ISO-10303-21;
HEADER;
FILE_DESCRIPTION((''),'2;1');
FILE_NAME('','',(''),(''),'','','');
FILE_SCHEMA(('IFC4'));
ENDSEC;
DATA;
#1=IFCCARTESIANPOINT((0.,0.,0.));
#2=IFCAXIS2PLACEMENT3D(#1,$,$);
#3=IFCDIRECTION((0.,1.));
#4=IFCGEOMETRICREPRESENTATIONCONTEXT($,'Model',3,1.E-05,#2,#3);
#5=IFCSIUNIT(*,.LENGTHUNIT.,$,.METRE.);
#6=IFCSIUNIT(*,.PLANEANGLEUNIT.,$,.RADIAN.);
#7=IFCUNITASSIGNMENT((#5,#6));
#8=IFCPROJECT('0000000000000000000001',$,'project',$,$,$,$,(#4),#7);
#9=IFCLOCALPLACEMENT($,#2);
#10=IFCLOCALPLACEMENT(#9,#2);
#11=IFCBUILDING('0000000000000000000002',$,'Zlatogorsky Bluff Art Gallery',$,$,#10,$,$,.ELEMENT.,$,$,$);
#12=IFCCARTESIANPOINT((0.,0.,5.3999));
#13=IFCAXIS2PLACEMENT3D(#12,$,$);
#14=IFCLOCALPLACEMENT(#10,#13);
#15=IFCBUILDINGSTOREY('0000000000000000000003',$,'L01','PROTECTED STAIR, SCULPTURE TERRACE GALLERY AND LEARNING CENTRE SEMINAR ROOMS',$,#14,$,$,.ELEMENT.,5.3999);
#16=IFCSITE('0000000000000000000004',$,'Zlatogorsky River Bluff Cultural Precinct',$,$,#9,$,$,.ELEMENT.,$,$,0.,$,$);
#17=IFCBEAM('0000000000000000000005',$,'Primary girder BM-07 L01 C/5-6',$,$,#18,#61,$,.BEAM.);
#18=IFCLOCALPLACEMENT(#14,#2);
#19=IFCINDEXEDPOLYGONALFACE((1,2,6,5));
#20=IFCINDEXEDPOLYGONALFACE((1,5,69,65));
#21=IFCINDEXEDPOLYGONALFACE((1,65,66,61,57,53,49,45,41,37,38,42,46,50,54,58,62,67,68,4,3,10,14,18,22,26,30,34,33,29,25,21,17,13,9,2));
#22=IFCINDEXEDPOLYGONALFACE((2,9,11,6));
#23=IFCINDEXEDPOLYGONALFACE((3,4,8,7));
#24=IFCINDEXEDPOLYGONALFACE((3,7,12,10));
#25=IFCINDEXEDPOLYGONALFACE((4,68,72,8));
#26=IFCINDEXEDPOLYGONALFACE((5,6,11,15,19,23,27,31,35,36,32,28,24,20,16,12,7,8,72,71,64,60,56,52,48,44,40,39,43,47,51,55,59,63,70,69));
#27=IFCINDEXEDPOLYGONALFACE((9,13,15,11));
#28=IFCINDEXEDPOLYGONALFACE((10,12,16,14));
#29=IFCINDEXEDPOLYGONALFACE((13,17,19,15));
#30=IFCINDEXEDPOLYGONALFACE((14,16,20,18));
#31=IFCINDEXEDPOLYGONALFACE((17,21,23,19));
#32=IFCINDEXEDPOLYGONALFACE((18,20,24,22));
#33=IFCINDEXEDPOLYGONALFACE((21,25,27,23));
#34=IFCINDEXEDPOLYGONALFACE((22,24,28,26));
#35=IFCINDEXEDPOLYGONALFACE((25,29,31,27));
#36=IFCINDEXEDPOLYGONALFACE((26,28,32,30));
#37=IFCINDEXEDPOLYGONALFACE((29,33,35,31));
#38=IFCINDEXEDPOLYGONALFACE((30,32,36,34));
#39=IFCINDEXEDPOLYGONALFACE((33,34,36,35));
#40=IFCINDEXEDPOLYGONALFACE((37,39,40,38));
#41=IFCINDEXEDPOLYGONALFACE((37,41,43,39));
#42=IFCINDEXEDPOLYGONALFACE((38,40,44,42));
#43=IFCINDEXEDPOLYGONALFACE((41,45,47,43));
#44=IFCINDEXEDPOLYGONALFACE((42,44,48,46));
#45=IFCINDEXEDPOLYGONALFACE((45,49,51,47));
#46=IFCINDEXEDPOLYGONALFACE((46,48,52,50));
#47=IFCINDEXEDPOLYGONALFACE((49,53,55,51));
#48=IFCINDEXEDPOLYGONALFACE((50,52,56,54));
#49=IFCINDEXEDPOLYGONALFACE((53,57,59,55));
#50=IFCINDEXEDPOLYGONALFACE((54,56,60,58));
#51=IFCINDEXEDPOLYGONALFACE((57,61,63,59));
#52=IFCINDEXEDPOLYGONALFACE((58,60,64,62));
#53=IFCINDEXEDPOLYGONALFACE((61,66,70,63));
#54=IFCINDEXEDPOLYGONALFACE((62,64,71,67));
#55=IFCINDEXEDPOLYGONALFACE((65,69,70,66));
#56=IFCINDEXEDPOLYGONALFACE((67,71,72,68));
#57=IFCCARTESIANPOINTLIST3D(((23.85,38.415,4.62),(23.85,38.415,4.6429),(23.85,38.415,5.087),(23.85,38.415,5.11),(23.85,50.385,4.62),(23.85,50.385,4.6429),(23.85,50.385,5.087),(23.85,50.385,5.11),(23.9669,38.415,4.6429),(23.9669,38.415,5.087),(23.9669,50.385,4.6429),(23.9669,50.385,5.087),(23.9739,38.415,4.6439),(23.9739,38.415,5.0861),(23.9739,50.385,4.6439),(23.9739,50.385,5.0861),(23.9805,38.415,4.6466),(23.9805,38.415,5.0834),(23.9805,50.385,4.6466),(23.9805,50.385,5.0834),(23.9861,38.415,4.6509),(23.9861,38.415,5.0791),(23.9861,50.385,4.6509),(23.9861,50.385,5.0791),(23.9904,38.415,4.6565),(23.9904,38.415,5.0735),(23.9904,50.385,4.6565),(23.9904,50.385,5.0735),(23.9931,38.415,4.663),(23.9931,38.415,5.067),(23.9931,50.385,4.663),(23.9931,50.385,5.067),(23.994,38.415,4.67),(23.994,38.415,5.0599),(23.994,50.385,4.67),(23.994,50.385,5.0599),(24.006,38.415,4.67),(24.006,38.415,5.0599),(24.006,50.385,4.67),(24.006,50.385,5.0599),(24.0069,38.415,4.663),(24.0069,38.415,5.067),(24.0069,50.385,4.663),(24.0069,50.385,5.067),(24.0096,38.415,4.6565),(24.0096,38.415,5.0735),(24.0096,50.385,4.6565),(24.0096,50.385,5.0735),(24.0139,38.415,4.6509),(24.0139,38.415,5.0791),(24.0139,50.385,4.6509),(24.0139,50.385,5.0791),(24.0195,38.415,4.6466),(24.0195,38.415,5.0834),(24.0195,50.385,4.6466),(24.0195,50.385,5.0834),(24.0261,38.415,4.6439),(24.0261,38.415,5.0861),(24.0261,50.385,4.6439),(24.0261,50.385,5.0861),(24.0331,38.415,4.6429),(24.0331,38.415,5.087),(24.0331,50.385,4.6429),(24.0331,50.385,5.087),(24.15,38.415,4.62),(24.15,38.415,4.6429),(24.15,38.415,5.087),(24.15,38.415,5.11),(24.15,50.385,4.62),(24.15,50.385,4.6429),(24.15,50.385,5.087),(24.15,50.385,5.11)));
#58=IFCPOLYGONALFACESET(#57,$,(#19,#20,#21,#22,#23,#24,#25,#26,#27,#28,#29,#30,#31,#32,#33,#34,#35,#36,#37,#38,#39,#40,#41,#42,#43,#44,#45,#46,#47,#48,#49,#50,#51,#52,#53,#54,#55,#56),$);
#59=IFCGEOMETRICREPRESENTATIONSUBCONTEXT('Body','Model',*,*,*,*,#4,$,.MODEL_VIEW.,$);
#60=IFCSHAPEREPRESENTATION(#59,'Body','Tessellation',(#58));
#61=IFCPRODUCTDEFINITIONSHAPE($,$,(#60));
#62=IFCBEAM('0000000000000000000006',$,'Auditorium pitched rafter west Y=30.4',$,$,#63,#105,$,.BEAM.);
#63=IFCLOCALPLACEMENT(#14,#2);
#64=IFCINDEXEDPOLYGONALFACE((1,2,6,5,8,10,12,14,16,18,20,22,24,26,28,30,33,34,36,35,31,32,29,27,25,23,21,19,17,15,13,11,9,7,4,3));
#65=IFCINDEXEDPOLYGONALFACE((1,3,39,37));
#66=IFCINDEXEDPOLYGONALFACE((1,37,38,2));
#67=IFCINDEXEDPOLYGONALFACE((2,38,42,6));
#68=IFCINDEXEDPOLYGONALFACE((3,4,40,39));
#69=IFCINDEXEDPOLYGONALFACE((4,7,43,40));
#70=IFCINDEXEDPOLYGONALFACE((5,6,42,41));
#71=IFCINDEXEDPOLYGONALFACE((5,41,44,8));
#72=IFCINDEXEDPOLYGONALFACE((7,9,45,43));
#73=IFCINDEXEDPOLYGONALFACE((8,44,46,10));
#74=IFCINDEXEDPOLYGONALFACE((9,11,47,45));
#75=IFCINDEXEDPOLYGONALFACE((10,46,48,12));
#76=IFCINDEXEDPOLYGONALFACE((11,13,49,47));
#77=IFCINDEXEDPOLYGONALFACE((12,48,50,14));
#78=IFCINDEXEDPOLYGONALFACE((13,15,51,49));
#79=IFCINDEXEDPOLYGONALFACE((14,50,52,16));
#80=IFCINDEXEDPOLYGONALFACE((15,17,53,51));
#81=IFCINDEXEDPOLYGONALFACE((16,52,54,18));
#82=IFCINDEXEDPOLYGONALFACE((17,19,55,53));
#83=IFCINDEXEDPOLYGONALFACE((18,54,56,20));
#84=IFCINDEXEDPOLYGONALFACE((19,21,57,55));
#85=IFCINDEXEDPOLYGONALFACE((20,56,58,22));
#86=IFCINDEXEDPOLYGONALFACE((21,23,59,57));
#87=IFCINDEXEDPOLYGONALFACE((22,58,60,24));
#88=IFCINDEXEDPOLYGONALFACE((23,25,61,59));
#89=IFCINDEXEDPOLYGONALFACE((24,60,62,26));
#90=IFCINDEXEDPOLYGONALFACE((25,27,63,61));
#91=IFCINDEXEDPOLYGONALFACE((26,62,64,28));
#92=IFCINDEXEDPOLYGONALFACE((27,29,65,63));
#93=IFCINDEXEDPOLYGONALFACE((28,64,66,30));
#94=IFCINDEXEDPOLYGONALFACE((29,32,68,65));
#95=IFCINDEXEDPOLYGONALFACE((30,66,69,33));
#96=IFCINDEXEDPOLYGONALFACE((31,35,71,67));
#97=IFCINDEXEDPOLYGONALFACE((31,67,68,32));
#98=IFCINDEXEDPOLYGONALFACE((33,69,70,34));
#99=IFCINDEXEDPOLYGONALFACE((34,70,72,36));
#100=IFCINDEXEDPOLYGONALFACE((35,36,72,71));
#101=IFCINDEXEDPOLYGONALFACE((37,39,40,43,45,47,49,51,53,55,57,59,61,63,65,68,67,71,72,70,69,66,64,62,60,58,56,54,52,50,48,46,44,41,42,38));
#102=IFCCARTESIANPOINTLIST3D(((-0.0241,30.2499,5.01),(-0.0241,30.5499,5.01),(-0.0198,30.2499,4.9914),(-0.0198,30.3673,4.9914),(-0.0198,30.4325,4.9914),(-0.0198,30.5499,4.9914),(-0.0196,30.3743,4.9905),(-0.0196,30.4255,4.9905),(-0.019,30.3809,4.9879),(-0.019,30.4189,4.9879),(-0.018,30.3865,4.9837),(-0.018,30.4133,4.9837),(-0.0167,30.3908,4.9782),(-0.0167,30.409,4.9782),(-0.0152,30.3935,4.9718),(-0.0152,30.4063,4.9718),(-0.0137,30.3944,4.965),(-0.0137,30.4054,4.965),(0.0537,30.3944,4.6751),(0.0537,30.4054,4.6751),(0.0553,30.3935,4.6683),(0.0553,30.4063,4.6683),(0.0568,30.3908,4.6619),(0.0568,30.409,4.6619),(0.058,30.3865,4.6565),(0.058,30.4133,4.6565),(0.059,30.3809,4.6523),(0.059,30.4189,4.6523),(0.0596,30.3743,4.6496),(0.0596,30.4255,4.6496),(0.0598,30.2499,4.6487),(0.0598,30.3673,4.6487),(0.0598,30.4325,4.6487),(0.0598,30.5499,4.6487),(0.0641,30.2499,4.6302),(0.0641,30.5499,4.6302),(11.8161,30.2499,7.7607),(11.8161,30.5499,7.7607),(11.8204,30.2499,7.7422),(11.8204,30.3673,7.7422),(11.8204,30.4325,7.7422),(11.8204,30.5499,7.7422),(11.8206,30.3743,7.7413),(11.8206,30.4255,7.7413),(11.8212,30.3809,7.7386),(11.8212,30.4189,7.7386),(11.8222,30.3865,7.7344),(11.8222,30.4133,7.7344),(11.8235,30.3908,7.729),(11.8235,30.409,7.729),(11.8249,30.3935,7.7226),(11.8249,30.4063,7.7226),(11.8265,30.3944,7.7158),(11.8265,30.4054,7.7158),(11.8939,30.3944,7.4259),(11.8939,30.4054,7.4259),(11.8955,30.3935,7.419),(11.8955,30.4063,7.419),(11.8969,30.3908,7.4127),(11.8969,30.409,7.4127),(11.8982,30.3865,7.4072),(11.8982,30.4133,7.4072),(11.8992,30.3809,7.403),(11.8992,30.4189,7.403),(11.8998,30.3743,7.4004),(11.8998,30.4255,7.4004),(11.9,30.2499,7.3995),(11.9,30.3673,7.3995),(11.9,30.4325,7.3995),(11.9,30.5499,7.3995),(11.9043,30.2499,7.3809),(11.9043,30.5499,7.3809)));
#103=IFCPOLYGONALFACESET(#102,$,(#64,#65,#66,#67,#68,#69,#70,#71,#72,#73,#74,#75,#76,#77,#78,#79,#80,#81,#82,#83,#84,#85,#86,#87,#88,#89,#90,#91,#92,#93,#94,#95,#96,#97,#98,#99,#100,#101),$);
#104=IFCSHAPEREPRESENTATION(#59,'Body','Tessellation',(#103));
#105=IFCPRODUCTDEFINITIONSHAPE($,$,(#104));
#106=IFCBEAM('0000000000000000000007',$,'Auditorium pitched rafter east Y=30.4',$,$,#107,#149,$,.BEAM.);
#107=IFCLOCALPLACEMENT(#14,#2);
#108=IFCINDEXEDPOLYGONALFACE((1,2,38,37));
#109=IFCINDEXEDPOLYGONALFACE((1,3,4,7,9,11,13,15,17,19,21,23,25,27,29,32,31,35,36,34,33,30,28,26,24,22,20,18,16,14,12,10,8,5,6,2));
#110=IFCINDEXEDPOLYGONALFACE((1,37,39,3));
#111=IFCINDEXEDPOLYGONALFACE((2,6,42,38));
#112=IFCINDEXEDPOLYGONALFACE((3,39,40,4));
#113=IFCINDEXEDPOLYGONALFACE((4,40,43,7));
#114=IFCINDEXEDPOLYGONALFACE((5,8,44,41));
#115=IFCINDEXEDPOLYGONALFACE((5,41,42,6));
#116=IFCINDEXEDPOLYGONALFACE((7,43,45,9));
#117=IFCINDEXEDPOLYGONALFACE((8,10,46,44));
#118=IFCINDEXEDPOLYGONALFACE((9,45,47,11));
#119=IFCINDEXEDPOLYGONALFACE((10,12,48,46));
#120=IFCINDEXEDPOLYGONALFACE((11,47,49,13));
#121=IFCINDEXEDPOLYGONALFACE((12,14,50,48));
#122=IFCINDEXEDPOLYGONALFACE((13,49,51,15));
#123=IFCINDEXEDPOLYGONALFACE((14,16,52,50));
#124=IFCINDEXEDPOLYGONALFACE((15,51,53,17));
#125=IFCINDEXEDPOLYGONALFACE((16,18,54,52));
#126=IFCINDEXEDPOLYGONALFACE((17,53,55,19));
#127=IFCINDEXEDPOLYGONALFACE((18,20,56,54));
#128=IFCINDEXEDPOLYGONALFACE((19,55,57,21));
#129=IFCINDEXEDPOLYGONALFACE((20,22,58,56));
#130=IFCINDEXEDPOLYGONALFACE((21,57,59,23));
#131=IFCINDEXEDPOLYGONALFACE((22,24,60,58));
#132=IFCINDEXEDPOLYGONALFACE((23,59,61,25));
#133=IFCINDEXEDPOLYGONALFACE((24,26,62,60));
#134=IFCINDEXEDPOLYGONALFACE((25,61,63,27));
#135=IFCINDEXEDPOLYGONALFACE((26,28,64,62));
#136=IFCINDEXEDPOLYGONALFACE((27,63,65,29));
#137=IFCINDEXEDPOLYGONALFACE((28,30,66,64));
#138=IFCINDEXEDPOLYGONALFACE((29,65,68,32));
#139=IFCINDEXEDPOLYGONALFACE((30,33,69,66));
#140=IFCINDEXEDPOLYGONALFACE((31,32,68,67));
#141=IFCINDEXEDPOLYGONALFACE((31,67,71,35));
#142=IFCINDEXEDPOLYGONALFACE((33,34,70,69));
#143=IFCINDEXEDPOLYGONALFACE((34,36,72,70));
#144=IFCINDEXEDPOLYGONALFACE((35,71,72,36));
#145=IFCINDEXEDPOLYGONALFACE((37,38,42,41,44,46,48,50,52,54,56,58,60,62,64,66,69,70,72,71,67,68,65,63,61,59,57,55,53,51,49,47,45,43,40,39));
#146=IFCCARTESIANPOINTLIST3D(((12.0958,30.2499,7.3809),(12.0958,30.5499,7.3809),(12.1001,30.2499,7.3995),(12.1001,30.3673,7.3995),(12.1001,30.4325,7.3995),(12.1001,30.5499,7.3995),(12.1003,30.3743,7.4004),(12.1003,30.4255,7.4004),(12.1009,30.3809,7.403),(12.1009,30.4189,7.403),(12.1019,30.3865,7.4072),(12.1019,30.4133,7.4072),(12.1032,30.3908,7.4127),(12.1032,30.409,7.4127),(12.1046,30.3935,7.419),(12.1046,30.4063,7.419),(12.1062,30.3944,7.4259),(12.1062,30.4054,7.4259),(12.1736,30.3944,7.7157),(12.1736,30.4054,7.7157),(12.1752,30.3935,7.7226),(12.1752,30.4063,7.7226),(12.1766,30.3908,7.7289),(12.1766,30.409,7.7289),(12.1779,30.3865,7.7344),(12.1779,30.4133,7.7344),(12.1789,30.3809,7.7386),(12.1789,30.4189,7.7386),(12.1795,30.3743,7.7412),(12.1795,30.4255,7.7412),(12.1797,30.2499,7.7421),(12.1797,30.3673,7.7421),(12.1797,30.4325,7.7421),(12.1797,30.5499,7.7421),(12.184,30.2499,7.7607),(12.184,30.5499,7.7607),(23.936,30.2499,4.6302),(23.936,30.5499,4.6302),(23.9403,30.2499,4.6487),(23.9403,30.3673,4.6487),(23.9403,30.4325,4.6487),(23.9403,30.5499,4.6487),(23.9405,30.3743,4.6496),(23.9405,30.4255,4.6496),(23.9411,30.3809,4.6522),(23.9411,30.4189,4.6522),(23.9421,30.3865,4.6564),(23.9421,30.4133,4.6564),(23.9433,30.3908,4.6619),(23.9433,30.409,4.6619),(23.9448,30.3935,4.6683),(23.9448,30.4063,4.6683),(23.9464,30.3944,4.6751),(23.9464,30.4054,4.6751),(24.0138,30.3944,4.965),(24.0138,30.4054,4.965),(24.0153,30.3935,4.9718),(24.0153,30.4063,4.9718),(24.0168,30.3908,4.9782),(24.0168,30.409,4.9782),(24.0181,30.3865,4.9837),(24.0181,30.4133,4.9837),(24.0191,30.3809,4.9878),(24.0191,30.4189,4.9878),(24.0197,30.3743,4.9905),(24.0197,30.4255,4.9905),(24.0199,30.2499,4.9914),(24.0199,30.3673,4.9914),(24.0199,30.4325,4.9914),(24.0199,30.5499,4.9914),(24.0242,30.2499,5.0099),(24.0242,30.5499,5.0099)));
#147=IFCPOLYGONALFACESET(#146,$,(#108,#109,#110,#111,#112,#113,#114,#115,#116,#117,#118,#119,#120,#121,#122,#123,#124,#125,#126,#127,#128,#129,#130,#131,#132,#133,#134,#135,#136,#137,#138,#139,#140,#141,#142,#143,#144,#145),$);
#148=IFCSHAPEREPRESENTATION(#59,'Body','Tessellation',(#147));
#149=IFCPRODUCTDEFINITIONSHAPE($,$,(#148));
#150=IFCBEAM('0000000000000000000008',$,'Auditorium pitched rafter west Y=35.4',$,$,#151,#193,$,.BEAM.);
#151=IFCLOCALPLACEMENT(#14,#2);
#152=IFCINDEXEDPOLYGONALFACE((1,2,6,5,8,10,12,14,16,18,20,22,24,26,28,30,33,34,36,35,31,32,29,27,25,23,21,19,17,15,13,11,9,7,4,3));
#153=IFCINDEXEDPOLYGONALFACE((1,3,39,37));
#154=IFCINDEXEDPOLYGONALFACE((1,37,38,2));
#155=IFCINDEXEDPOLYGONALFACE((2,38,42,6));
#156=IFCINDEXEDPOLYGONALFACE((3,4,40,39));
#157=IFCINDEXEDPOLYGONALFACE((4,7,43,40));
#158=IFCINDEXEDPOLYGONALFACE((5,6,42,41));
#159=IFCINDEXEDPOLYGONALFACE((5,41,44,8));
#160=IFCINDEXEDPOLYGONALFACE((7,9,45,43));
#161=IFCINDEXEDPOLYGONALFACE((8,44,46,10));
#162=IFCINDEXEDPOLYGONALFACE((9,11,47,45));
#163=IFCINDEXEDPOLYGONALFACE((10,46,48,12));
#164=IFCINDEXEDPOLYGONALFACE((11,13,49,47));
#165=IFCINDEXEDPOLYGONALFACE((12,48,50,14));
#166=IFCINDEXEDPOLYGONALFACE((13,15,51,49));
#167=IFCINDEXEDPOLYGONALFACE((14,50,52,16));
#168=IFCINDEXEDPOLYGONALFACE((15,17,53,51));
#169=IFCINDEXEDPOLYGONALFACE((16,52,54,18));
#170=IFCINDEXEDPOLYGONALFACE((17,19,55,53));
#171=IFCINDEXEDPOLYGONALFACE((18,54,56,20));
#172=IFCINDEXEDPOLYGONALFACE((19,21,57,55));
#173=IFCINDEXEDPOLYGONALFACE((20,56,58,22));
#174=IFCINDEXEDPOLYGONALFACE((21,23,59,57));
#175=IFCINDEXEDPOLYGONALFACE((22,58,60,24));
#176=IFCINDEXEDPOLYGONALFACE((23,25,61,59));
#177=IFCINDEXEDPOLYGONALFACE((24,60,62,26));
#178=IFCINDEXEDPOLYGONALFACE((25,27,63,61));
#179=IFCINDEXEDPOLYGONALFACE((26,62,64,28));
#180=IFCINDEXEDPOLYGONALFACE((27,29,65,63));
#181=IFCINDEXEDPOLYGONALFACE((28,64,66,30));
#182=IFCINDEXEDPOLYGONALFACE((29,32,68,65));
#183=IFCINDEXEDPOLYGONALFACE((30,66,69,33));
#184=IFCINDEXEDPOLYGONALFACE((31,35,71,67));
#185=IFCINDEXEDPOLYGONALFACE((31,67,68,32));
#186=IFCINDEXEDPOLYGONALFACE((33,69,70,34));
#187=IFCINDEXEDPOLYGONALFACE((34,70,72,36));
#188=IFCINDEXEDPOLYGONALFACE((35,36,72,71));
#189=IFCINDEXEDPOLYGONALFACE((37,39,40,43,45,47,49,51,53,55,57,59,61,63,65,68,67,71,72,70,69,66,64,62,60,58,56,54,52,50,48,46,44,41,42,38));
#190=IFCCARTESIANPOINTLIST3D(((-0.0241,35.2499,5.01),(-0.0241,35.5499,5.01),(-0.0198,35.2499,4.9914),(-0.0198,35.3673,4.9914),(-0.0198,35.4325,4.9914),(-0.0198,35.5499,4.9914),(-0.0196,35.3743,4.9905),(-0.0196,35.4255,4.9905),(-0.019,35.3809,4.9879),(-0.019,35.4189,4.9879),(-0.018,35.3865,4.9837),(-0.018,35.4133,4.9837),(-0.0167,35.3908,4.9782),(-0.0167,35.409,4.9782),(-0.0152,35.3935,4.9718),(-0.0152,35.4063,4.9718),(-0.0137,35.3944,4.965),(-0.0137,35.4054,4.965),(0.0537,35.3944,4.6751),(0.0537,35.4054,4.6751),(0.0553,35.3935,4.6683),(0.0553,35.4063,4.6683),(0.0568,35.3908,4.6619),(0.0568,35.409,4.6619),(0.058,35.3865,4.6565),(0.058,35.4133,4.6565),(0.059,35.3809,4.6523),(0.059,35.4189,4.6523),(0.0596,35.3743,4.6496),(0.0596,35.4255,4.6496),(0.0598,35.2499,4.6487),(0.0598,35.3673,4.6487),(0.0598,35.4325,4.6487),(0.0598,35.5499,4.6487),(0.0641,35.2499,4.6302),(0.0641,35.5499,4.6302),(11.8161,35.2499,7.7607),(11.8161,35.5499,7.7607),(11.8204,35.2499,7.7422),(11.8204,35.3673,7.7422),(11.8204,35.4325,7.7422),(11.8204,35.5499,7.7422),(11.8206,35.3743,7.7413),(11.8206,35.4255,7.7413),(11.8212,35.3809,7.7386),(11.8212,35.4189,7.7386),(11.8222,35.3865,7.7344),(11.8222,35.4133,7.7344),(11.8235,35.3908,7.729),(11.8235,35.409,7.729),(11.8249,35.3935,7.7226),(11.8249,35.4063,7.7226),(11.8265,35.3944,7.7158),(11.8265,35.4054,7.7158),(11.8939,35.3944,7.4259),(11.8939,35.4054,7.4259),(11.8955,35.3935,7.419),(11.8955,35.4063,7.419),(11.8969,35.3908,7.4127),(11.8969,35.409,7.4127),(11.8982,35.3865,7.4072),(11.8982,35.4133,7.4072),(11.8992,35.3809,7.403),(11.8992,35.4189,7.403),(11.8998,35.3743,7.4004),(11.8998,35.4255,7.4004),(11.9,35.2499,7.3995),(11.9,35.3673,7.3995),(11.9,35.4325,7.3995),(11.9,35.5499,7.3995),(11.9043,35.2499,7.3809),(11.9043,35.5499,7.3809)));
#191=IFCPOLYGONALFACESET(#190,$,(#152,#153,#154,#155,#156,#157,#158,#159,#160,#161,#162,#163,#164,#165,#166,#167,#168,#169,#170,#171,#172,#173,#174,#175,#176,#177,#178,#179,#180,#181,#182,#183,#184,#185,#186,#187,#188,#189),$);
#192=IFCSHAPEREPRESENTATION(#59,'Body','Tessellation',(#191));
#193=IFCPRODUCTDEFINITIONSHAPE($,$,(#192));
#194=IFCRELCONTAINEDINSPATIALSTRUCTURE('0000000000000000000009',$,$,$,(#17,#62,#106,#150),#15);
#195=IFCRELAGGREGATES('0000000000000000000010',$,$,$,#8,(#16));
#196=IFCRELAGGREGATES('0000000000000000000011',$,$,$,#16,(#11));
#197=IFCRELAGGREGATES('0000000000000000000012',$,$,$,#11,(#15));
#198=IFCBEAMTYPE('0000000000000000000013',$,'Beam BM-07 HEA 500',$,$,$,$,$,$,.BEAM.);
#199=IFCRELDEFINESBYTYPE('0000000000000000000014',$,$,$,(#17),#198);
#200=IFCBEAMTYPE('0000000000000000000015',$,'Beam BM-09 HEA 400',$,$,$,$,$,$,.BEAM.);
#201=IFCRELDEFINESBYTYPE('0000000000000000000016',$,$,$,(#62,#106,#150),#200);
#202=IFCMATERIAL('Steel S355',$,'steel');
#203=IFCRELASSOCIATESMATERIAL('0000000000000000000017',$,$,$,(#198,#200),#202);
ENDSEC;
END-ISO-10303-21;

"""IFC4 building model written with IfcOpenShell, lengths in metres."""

from ifc_helpers import new_model, si_unit, direction, frame, origin, origin_2d, place, context, subcontext, project, spatial, i_section, extrude, material, material_profile, profile_set, type_object, element, save


model = new_model("IFC4")

# Units and contexts
model_context = context("Model", 3, precision=1e-05, world=origin(), true_north=direction((0.0, 1.0)))
body_context = subcontext(model_context, "Body", "Model", "MODEL_VIEW")
ifc_project = project(units=[si_unit("LENGTHUNIT", "METRE"), si_unit("PLANEANGLEUNIT", "RADIAN")], contexts=[model_context])

# Site, building, storey
site_placement = place(None, origin())
site = spatial("IfcSite", under=ifc_project, at=site_placement, Name="Zlatogorsky River Bluff Cultural Precinct", CompositionType="ELEMENT", RefElevation=0.0)
building_placement = place(site_placement, origin())
building = spatial("IfcBuilding", under=site, at=building_placement, Name="Zlatogorsky Bluff Art Gallery", CompositionType="ELEMENT")
storey_placement = place(building_placement, frame((0.0, 0.0, 5.3999)))
storey = spatial("IfcBuildingStorey", under=building, at=storey_placement, Name="L01", Description="PROTECTED STAIR, SCULPTURE TERRACE GALLERY AND LEARNING CENTRE SEMINAR ROOMS", CompositionType="ELEMENT", Elevation=5.3999)

# Shared definitions
ifc_material_1 = material(Name="Steel S355", Category="steel")

# Beams
ifc_material_profile_1 = material_profile(ifc_material_1, i_section(OverallWidth=0.3, OverallDepth=0.49, WebThickness=0.012, FlangeThickness=0.0229, FilletRadius=0.0271, at=origin_2d()), Name="HEA 500")
ifc_profile_set_1 = profile_set([ifc_material_profile_1], Name="Steel S355")
beam_type_1 = type_object("IfcBeamType", Name="Beam BM-07 HEA 500", PredefinedType="BEAM", material=ifc_profile_set_1)
for number, where, z_axis, x_axis, name in (
    (1, (24.0, 38.415, 4.865), (0.0, 1.0, 0.0), (-1.0, 0.0, 0.0), "Primary girder BM-07 L01 C/5-6"),
):
    element("IfcBeam", number, at=place(storey_placement, frame(where, z_axis=z_axis, x_axis=x_axis)), inside=storey, type_object=beam_type_1, Name=name, PredefinedType="BEAM", context=body_context, shape_type="SweptSolid", body=[
        extrude(i_section(OverallWidth=0.3, OverallDepth=0.49, WebThickness=0.012, FlangeThickness=0.0229, FilletRadius=0.0271, at=origin_2d()), origin(), (0.0, 0.0, 1.0), 11.97),
    ])
ifc_material_profile_2 = material_profile(ifc_material_1, i_section(OverallWidth=0.3, OverallDepth=0.3899, WebThickness=0.011, FlangeThickness=0.019, FilletRadius=0.0271, at=origin_2d()), Name="HEA 400")
ifc_profile_set_2 = profile_set([ifc_material_profile_2], Name="Steel S355")
beam_type_2 = type_object("IfcBeamType", Name="Beam BM-09 HEA 400", PredefinedType="BEAM", material=ifc_profile_set_2)
for number, where, z_axis, x_axis, name in (
    (2, (0.02, 30.3999, 4.8201), (0.974058, 0.0, 0.226297), (0.0, 1.0, 0.0), "Auditorium pitched rafter west Y=30.4"),
    (3, (12.1399, 30.3999, 7.5708), (0.974058, 0.0, -0.226297), (0.0, 1.0, 0.0), "Auditorium pitched rafter east Y=30.4"),
    (4, (0.02, 35.3999, 4.8201), (0.974058, 0.0, 0.226297), (0.0, 1.0, 0.0), "Auditorium pitched rafter west Y=35.4"),
):
    element("IfcBeam", number, at=place(storey_placement, frame(where, z_axis=z_axis, x_axis=x_axis)), inside=storey, type_object=beam_type_2, Name=name, PredefinedType="BEAM", context=body_context, shape_type="SweptSolid", body=[
        extrude(i_section(OverallWidth=0.3, OverallDepth=0.3899, WebThickness=0.011, FlangeThickness=0.019, FilletRadius=0.0271, at=origin_2d()), origin(), (0.0, 0.0, 1.0), 12.1555),
    ])

save(model, "model.ifc")
